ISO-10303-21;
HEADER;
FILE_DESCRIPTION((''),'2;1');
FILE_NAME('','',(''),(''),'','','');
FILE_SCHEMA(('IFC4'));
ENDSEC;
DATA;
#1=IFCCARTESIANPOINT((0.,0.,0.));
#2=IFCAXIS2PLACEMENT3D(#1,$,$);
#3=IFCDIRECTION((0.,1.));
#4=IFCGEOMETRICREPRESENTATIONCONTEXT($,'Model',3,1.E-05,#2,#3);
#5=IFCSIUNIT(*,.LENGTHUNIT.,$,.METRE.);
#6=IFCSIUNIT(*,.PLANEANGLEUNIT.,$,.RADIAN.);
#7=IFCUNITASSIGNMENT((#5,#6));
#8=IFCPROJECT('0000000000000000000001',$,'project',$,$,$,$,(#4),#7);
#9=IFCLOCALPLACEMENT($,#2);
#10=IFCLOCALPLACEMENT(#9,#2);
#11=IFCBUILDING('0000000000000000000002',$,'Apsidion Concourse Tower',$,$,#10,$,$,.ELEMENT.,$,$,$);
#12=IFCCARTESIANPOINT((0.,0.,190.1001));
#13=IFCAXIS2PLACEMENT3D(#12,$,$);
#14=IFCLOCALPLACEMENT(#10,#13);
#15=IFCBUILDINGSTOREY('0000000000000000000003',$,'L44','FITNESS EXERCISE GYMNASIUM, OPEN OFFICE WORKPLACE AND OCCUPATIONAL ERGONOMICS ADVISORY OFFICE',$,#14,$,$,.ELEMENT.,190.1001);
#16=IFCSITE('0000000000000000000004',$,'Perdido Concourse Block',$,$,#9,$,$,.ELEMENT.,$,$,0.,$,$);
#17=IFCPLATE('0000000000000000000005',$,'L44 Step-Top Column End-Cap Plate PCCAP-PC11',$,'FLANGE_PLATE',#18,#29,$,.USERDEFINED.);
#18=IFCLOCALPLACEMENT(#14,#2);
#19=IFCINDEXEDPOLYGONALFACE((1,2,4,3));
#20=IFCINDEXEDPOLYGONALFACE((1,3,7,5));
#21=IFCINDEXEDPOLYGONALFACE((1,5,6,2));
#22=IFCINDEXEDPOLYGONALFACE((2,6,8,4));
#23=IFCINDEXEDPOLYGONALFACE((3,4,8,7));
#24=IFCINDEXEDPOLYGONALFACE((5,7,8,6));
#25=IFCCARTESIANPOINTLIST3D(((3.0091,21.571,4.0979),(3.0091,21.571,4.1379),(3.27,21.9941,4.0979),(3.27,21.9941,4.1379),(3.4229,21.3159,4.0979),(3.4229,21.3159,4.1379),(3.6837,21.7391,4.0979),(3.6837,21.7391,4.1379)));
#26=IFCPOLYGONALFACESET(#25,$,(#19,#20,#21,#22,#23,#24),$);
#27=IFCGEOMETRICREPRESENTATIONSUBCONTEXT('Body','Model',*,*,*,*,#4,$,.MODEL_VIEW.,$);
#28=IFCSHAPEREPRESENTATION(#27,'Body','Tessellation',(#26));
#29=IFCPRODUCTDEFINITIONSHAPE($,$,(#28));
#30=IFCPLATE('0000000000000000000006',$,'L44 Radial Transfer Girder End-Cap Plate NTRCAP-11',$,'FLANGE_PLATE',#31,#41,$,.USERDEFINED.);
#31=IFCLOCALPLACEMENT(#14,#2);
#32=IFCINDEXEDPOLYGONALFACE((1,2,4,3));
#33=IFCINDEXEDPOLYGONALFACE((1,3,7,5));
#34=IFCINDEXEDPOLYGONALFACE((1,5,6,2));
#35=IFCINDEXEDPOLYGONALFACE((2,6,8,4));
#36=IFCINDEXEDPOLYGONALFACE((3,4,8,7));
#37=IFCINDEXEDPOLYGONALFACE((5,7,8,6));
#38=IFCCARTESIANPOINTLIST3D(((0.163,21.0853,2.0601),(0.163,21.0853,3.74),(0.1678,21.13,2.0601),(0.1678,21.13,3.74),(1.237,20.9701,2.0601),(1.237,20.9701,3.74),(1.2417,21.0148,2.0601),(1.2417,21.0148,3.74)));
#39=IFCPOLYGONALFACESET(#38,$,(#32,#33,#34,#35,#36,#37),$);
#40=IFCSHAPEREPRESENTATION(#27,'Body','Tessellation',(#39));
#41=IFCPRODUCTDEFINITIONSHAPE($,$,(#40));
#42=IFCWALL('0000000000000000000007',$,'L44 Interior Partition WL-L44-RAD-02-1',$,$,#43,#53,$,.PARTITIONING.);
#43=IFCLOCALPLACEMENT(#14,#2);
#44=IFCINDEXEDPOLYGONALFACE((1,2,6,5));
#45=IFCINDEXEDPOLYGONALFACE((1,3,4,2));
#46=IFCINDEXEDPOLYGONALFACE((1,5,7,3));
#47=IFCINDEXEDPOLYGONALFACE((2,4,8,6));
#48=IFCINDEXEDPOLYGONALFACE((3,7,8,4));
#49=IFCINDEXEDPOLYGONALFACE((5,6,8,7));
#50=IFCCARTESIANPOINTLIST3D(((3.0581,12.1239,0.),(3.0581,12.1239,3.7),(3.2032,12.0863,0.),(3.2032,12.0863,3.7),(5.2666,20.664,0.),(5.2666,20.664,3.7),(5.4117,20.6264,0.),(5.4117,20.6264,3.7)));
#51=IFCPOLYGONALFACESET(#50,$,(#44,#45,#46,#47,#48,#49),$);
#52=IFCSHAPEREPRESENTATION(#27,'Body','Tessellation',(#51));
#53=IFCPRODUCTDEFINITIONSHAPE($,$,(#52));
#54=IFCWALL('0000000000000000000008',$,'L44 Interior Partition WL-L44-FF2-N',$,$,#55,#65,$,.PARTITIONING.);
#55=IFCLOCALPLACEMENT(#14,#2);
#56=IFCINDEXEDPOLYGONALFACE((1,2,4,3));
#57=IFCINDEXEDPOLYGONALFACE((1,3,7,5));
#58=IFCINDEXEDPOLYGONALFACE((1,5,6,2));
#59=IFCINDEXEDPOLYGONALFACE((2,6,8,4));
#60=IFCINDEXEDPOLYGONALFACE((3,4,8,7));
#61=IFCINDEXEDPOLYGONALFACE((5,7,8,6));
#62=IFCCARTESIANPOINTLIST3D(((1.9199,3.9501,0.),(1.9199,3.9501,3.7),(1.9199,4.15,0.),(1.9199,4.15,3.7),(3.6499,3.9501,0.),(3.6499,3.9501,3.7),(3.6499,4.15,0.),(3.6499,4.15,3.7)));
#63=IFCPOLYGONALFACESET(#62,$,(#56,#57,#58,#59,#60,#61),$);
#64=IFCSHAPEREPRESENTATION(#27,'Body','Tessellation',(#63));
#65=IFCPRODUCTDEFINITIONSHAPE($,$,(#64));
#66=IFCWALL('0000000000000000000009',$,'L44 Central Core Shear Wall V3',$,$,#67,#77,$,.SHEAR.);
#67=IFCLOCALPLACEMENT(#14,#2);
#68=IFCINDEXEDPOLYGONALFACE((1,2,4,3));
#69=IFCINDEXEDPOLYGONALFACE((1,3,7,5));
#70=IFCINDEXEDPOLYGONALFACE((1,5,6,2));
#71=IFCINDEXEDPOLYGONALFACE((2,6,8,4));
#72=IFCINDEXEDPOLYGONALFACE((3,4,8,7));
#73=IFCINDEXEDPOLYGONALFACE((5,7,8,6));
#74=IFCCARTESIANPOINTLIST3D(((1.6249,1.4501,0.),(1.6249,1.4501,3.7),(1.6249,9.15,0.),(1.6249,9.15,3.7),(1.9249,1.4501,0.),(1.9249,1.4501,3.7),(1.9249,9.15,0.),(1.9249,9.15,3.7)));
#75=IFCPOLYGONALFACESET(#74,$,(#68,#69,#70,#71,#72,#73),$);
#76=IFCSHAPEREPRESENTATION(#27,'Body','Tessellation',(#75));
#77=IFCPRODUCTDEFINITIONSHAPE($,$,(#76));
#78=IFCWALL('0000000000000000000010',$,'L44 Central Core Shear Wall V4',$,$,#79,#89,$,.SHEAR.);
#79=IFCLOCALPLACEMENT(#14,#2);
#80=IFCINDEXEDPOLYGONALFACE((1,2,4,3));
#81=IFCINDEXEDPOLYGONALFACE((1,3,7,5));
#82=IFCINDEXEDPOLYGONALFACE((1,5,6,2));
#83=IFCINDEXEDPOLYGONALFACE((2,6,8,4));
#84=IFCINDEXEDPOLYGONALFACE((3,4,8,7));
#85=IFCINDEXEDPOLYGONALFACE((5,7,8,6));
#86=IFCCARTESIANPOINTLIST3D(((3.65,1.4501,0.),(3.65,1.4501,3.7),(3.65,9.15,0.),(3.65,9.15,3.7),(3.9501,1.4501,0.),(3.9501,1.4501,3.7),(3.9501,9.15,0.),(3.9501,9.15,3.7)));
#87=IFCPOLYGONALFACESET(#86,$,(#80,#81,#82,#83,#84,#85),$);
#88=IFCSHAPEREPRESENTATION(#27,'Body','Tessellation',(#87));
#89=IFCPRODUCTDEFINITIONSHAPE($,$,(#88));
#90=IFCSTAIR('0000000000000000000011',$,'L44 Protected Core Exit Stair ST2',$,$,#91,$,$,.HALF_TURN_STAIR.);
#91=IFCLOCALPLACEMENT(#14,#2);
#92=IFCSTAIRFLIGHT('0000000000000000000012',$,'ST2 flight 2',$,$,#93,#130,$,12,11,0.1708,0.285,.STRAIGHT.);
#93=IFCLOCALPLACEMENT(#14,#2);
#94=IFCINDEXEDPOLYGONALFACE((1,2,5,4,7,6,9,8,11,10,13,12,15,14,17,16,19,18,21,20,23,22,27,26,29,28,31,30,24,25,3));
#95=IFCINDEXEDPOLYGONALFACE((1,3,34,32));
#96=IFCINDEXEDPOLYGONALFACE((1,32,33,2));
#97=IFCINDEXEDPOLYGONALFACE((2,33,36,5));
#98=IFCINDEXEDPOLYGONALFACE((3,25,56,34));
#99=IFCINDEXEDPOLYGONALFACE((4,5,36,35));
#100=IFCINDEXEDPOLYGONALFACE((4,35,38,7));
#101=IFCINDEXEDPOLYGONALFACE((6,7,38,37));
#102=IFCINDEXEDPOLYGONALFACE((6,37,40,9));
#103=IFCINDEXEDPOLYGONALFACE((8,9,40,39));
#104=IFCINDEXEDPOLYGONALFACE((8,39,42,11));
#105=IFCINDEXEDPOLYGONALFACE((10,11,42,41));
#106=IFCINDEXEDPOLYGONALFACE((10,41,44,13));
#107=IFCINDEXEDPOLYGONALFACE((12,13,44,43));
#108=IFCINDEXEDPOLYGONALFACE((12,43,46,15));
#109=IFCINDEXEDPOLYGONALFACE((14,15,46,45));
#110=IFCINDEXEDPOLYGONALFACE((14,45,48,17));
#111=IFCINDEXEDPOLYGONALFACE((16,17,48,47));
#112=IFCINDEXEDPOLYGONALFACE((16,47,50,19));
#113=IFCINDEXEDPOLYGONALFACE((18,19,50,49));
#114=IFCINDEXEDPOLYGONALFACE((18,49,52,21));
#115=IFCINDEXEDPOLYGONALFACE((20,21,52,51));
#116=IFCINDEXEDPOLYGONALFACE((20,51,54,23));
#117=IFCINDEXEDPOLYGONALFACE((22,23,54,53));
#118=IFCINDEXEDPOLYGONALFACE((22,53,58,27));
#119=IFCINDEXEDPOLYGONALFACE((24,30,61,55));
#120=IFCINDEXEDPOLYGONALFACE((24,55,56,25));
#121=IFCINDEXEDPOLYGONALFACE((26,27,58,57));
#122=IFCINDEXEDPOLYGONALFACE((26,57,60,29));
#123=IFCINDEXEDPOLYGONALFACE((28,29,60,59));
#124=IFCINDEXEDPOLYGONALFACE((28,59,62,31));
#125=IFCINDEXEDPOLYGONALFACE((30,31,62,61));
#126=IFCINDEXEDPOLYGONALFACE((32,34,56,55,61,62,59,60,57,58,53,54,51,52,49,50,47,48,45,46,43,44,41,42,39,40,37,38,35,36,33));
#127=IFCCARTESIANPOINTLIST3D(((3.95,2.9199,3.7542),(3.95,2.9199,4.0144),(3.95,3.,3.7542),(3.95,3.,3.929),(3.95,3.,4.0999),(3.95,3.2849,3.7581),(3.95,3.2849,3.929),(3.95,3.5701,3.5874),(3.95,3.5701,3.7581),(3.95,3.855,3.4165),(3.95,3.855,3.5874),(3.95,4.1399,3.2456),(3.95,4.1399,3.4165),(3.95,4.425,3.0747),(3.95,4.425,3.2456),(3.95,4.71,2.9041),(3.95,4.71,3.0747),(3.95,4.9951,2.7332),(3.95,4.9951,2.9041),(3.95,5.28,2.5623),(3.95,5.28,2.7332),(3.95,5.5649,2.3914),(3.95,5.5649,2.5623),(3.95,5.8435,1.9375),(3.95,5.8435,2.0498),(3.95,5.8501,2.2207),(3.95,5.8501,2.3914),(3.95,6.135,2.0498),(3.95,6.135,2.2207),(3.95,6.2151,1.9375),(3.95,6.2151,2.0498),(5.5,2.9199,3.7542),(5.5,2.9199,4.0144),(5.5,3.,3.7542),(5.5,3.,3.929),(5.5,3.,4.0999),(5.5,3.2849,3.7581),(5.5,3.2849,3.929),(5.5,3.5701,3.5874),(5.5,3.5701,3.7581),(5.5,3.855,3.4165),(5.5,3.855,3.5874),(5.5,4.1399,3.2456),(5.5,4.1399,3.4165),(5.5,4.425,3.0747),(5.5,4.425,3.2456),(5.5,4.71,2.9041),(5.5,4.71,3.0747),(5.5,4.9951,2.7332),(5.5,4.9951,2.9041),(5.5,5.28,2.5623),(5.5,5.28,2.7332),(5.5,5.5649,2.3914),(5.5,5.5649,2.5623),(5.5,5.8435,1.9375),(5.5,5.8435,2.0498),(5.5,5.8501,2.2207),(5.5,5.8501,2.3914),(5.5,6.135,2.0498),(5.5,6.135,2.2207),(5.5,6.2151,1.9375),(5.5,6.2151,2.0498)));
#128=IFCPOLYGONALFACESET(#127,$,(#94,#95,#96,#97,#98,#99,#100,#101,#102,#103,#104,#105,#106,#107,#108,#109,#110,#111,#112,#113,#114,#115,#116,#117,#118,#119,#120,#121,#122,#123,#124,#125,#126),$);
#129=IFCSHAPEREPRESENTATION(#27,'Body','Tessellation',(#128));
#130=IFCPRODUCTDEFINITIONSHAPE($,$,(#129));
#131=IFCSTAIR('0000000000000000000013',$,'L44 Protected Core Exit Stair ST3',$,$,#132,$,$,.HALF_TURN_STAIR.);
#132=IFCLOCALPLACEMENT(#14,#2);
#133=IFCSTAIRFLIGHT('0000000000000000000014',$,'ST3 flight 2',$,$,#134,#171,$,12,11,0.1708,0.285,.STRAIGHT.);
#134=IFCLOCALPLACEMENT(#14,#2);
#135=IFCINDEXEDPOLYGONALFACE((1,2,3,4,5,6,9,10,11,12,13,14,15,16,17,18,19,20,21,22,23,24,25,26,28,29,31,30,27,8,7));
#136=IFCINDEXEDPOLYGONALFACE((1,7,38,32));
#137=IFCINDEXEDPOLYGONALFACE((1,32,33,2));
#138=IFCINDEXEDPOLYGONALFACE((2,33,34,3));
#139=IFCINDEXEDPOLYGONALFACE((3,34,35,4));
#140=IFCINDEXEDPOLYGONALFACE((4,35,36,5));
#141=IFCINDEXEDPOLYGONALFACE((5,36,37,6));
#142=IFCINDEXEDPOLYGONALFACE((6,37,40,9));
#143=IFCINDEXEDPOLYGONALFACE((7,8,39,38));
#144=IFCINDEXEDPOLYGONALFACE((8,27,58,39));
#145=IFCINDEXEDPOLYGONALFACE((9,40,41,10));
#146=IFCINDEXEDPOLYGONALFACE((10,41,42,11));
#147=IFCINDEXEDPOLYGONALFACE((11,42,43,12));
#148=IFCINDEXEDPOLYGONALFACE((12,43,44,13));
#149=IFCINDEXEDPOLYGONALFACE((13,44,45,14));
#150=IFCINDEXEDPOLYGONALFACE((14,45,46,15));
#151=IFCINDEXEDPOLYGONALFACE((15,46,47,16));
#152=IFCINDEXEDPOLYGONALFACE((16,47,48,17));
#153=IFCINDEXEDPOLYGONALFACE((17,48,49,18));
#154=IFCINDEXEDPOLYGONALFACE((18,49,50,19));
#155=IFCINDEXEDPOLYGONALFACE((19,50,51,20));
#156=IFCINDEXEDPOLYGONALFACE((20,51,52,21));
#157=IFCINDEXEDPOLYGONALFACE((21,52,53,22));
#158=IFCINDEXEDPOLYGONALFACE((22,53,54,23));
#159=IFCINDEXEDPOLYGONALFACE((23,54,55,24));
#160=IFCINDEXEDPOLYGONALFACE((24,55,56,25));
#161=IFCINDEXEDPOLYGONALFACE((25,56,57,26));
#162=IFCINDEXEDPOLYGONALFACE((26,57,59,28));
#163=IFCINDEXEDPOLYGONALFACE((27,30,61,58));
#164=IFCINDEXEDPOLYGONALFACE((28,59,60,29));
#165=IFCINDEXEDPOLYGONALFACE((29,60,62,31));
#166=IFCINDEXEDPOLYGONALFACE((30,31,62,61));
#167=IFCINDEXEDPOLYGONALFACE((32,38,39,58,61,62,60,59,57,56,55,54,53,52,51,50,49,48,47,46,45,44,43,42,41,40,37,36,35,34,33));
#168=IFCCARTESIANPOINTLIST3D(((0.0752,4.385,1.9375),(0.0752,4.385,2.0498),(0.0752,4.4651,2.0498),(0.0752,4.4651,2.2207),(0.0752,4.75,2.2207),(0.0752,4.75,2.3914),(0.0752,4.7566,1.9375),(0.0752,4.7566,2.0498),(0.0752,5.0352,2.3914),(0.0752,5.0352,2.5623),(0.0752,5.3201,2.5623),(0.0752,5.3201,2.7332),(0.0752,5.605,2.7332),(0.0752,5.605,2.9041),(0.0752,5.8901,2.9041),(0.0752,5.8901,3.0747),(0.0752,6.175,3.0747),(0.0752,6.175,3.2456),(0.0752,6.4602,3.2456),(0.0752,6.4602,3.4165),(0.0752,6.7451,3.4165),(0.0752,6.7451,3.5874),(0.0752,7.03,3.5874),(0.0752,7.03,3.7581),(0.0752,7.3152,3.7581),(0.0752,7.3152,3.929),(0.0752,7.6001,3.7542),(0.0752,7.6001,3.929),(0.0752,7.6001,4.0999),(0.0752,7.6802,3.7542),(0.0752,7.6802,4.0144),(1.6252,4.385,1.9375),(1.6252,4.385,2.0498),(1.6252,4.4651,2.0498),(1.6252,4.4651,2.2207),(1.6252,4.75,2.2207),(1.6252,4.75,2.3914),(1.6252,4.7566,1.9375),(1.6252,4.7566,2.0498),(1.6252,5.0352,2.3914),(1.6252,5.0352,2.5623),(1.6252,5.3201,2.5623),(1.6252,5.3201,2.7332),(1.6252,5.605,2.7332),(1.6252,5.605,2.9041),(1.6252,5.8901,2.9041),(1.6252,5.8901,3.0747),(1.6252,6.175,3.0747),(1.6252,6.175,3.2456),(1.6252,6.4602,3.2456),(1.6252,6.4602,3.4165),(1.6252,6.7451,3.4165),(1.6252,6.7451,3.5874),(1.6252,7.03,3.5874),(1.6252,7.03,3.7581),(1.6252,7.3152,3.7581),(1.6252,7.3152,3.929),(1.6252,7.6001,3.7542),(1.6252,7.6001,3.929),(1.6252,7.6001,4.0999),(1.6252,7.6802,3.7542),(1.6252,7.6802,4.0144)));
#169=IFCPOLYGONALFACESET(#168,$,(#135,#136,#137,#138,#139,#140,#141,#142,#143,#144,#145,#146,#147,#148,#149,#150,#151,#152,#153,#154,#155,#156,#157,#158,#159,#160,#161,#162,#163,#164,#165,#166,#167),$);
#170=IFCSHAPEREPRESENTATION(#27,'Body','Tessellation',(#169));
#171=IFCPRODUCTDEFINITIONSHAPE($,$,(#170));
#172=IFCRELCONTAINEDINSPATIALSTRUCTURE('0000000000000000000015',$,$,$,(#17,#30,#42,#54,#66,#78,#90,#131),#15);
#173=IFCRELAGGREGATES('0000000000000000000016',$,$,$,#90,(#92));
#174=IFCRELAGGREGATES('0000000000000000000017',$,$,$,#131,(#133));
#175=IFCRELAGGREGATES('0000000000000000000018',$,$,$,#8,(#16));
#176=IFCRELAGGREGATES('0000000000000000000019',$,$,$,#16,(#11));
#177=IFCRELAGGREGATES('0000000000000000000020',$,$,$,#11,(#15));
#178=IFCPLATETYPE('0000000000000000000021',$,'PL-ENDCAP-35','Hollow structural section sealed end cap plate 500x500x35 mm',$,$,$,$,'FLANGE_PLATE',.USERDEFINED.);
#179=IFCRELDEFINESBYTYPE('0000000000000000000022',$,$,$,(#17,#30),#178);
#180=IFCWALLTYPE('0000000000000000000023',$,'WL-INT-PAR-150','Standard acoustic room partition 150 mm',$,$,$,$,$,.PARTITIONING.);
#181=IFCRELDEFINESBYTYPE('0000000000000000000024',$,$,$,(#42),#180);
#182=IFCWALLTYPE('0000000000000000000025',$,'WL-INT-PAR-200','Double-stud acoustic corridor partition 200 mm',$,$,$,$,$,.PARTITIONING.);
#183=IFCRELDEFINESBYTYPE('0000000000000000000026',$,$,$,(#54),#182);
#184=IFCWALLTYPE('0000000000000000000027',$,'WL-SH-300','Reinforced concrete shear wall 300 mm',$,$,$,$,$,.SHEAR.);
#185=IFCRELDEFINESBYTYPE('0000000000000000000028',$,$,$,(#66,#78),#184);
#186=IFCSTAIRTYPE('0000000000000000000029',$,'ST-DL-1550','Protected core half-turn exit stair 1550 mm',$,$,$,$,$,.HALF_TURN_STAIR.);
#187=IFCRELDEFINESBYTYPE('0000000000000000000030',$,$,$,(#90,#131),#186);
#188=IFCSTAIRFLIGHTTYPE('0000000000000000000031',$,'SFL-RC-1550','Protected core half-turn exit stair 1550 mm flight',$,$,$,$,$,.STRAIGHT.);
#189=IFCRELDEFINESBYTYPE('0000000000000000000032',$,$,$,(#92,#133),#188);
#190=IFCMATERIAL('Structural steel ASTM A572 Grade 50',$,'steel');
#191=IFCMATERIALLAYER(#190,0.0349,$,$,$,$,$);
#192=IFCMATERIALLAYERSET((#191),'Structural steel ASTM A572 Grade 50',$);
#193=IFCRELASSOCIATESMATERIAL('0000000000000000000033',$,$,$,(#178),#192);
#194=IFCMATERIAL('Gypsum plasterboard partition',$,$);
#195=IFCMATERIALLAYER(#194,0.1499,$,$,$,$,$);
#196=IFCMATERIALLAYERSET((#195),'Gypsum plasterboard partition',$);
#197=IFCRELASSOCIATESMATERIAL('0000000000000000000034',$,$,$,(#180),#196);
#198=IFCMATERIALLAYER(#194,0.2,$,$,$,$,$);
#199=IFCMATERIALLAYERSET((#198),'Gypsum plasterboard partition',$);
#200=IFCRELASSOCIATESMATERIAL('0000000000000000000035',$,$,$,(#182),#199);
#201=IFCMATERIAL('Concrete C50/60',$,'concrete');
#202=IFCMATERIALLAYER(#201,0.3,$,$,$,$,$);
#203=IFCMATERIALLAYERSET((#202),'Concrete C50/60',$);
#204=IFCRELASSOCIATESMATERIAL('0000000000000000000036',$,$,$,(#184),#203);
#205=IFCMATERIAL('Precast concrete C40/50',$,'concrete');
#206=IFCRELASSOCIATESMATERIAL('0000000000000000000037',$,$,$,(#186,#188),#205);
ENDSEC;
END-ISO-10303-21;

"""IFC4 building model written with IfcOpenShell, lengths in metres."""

from ifc_helpers import new_model, si_unit, direction, frame, frame_2d, origin, origin_2d, place, context, subcontext, project, spatial, polyline, rectangle, outline, extrude, material, layer, layer_set, type_object, element, aggregate, save


model = new_model("IFC4")

# Units and contexts
model_context = context("Model", 3, precision=1e-05, world=origin(), true_north=direction((0.0, 1.0)))
body_context = subcontext(model_context, "Body", "Model", "MODEL_VIEW")
ifc_project = project(units=[si_unit("LENGTHUNIT", "METRE"), si_unit("PLANEANGLEUNIT", "RADIAN")], contexts=[model_context])

# Site, building, storey
site_placement = place(None, origin())
site = spatial("IfcSite", under=ifc_project, at=site_placement, Name="Perdido Concourse Block", CompositionType="ELEMENT", RefElevation=0.0)
building_placement = place(site_placement, origin())
building = spatial("IfcBuilding", under=site, at=building_placement, Name="Apsidion Concourse Tower", CompositionType="ELEMENT")
storey_placement = place(building_placement, frame((0.0, 0.0, 190.1001)))
storey = spatial("IfcBuildingStorey", under=building, at=storey_placement, Name="L44", Description="FITNESS EXERCISE GYMNASIUM, OPEN OFFICE WORKPLACE AND OCCUPATIONAL ERGONOMICS ADVISORY OFFICE", CompositionType="ELEMENT", Elevation=190.1001)

# Shared definitions
ifc_material_1 = material(Name="Concrete C50/60", Category="concrete")

# Shared definitions
ifc_material_2 = material(Name="Structural steel ASTM A572 Grade 50", Category="steel")

# Plates
ifc_layer_1 = layer(ifc_material_2, 0.0349)
ifc_layer_set_1 = layer_set([ifc_layer_1], Name="Structural steel ASTM A572 Grade 50")
plate_type = type_object("IfcPlateType", Name="PL-ENDCAP-35", Description="Hollow structural section sealed end cap plate 500x500x35 mm", ElementType="FLANGE_PLATE", PredefinedType="USERDEFINED", material=ifc_layer_set_1)
plate_1_placement = place(storey_placement, frame((3.3464, 21.655, 4.0979), z_axis=(0.0, 0.0, 1.0), x_axis=(-0.851269, 0.524729, 0.0)))
element("IfcPlate", 1, at=plate_1_placement, inside=storey, type_object=plate_type, Name="L44 Step-Top Column End-Cap Plate PCCAP-PC11", ObjectType="FLANGE_PLATE", PredefinedType="USERDEFINED", context=body_context, shape_type="SweptSolid", body=[
    extrude(rectangle(XDim=0.4861, YDim=0.4971, at=origin_2d()), origin(), (0.0, 0.0, 1.0), 0.04),
])
plate_2_placement = place(storey_placement, frame((0.7024, 21.05, 2.0601), z_axis=(0.0, 0.0, 1.0), x_axis=(0.106611, 0.994301, 0.0)))
element("IfcPlate", 2, at=plate_2_placement, inside=storey, type_object=plate_type, Name="L44 Radial Transfer Girder End-Cap Plate NTRCAP-11", ObjectType="FLANGE_PLATE", PredefinedType="USERDEFINED", context=body_context, shape_type="SweptSolid", body=[
    extrude(rectangle(XDim=0.0449, YDim=1.0801, at=origin_2d()), origin(), (0.0, 0.0, 1.0), 1.6799),
])

# Walls
ifc_material_3 = material(Name="Gypsum plasterboard partition")
ifc_layer_2 = layer(ifc_material_3, 0.1499)
ifc_layer_set_2 = layer_set([ifc_layer_2], Name="Gypsum plasterboard partition")
wall_type_1 = type_object("IfcWallType", Name="WL-INT-PAR-150", Description="Standard acoustic room partition 150 mm", PredefinedType="PARTITIONING", material=ifc_layer_set_2)
wall_1_placement = place(storey_placement, frame((3.1306, 12.105, 0.0), z_axis=(0.0, 0.0, 1.0), x_axis=(0.250369, 0.968151, 0.0)))
element("IfcWall", 3, at=wall_1_placement, inside=storey, type_object=wall_type_1, Name="L44 Interior Partition WL-L44-RAD-02-1", PredefinedType="PARTITIONING", context=body_context, shape_type="SweptSolid", body=[
    extrude(rectangle(XDim=8.821, YDim=0.1499, at=frame_2d((4.4106, 0.0))), origin(), (0.0, 0.0, 1.0), 3.7),
])
ifc_layer_3 = layer(ifc_material_3, 0.2)
ifc_layer_set_3 = layer_set([ifc_layer_3], Name="Gypsum plasterboard partition")
wall_type_2 = type_object("IfcWallType", Name="WL-INT-PAR-200", Description="Double-stud acoustic corridor partition 200 mm", PredefinedType="PARTITIONING", material=ifc_layer_set_3)
wall_2_placement = place(storey_placement, frame((1.9199, 4.05, 0.0), z_axis=(0.0, 0.0, 1.0), x_axis=(1.0, 0.0, 0.0)))
element("IfcWall", 4, at=wall_2_placement, inside=storey, type_object=wall_type_2, Name="L44 Interior Partition WL-L44-FF2-N", PredefinedType="PARTITIONING", context=body_context, shape_type="SweptSolid", body=[
    extrude(rectangle(XDim=1.73, YDim=0.2, at=frame_2d((0.865, 0.0))), origin(), (0.0, 0.0, 1.0), 3.7),
])
ifc_layer_4 = layer(ifc_material_1, 0.3)
ifc_layer_set_4 = layer_set([ifc_layer_4], Name="Concrete C50/60")
wall_type_3 = type_object("IfcWallType", Name="WL-SH-300", Description="Reinforced concrete shear wall 300 mm", PredefinedType="SHEAR", material=ifc_layer_set_4)
for number, where, z_axis, x_axis, name in (
    (5, (1.7749, 1.45, 0.0), (0.0, 0.0, 1.0), (0.0, 1.0, 0.0), "L44 Central Core Shear Wall V3"),
    (6, (3.8, 1.45, 0.0), (0.0, 0.0, 1.0), (0.0, 1.0, 0.0), "L44 Central Core Shear Wall V4"),
):
    element("IfcWall", number, at=place(storey_placement, frame(where, z_axis=z_axis, x_axis=x_axis)), inside=storey, type_object=wall_type_3, Name=name, PredefinedType="SHEAR", context=body_context, shape_type="SweptSolid", body=[
        extrude(rectangle(XDim=7.7, YDim=0.3, at=frame_2d((3.8501, 0.0))), origin(), (0.0, 0.0, 1.0), 3.7),
    ])

# Stairs, stair flights
ifc_material_4 = material(Name="Precast concrete C40/50", Category="concrete")
stair_type = type_object("IfcStairType", Name="ST-DL-1550", Description="Protected core half-turn exit stair 1550 mm", PredefinedType="HALF_TURN_STAIR", material=ifc_material_4)
stair_1_placement = place(storey_placement, origin())
stair_1 = element("IfcStair", 7, at=stair_1_placement, inside=storey, type_object=stair_type, Name="L44 Protected Core Exit Stair ST2", PredefinedType="HALF_TURN_STAIR")
stair_flight_type = type_object("IfcStairFlightType", Name="SFL-RC-1550", Description="Protected core half-turn exit stair 1550 mm flight", PredefinedType="STRAIGHT", material=ifc_material_4)
stair_flight_1_placement = place(storey_placement, frame((4.7251, 6.135, 2.0498), z_axis=(0.0, 0.0, 1.0), x_axis=(0.0, -1.0, 0.0)))
stair_flight_1 = element("IfcStairFlight", 8, at=stair_flight_1_placement, type_object=stair_flight_type, Name="ST2 flight 2", NumberOfRisers=12, NumberOfTreads=11, PredefinedType="STRAIGHT", RiserHeight=0.1708, TreadLength=0.285, context=body_context, shape_type="SweptSolid", body=[
    extrude(outline(polyline([(-0.0801, -0.1123), (-0.0801, 0.0), (0.0, 0.0), (0.0, 0.1709), (0.2849, 0.1709), (0.2849, 0.3416), (0.5701, 0.3416), (0.5701, 0.5125), (0.855, 0.5125), (0.855, 0.6833), (1.1399, 0.6833), (1.1399, 0.8542), (1.425, 0.8542), (1.425, 1.0249), (1.71, 1.0249), (1.71, 1.1958), (1.9951, 1.1958), (1.9951, 1.3667), (2.28, 1.3667), (2.28, 1.5376), (2.5649, 1.5376), (2.5649, 1.7083), (2.8501, 1.7083), (2.8501, 1.8792), (3.135, 1.8792), (3.135, 2.05), (3.2151, 1.9646), (3.2151, 1.7043), (3.135, 1.7043), (0.2915, 0.0), (0.2915, -0.1123), (-0.0801, -0.1123)])), frame((0.0, 0.7749, 0.0), z_axis=(0.0, -1.0, 0.0), x_axis=(1.0, 0.0, 0.0)), (0.0, 0.0, 1.0), 1.55),
])
aggregate(stair_1, [stair_flight_1])
stair_2_placement = place(storey_placement, origin())
stair_2 = element("IfcStair", 9, at=stair_2_placement, inside=storey, type_object=stair_type, Name="L44 Protected Core Exit Stair ST3", PredefinedType="HALF_TURN_STAIR")
stair_flight_2_placement = place(storey_placement, frame((0.8501, 4.4651, 2.0498), z_axis=(0.0, 0.0, 1.0), x_axis=(0.0, 1.0, 0.0)))
stair_flight_2 = element("IfcStairFlight", 10, at=stair_flight_2_placement, type_object=stair_flight_type, Name="ST3 flight 2", NumberOfRisers=12, NumberOfTreads=11, PredefinedType="STRAIGHT", RiserHeight=0.1708, TreadLength=0.285, context=body_context, shape_type="SweptSolid", body=[
    extrude(outline(polyline([(-0.0801, -0.1123), (-0.0801, 0.0), (0.0, 0.0), (0.0, 0.1709), (0.2849, 0.1709), (0.2849, 0.3416), (0.5701, 0.3416), (0.5701, 0.5125), (0.855, 0.5125), (0.855, 0.6833), (1.1399, 0.6833), (1.1399, 0.8542), (1.425, 0.8542), (1.425, 1.0249), (1.71, 1.0249), (1.71, 1.1958), (1.9951, 1.1958), (1.9951, 1.3667), (2.28, 1.3667), (2.28, 1.5376), (2.5649, 1.5376), (2.5649, 1.7083), (2.8501, 1.7083), (2.8501, 1.8792), (3.135, 1.8792), (3.135, 2.05), (3.2151, 1.9646), (3.2151, 1.7043), (3.135, 1.7043), (0.2915, 0.0), (0.2915, -0.1123), (-0.0801, -0.1123)])), frame((0.0, 0.7749, 0.0), z_axis=(0.0, -1.0, 0.0), x_axis=(1.0, 0.0, 0.0)), (0.0, 0.0, 1.0), 1.55),
])
aggregate(stair_2, [stair_flight_2])

save(model, "model.ifc")
